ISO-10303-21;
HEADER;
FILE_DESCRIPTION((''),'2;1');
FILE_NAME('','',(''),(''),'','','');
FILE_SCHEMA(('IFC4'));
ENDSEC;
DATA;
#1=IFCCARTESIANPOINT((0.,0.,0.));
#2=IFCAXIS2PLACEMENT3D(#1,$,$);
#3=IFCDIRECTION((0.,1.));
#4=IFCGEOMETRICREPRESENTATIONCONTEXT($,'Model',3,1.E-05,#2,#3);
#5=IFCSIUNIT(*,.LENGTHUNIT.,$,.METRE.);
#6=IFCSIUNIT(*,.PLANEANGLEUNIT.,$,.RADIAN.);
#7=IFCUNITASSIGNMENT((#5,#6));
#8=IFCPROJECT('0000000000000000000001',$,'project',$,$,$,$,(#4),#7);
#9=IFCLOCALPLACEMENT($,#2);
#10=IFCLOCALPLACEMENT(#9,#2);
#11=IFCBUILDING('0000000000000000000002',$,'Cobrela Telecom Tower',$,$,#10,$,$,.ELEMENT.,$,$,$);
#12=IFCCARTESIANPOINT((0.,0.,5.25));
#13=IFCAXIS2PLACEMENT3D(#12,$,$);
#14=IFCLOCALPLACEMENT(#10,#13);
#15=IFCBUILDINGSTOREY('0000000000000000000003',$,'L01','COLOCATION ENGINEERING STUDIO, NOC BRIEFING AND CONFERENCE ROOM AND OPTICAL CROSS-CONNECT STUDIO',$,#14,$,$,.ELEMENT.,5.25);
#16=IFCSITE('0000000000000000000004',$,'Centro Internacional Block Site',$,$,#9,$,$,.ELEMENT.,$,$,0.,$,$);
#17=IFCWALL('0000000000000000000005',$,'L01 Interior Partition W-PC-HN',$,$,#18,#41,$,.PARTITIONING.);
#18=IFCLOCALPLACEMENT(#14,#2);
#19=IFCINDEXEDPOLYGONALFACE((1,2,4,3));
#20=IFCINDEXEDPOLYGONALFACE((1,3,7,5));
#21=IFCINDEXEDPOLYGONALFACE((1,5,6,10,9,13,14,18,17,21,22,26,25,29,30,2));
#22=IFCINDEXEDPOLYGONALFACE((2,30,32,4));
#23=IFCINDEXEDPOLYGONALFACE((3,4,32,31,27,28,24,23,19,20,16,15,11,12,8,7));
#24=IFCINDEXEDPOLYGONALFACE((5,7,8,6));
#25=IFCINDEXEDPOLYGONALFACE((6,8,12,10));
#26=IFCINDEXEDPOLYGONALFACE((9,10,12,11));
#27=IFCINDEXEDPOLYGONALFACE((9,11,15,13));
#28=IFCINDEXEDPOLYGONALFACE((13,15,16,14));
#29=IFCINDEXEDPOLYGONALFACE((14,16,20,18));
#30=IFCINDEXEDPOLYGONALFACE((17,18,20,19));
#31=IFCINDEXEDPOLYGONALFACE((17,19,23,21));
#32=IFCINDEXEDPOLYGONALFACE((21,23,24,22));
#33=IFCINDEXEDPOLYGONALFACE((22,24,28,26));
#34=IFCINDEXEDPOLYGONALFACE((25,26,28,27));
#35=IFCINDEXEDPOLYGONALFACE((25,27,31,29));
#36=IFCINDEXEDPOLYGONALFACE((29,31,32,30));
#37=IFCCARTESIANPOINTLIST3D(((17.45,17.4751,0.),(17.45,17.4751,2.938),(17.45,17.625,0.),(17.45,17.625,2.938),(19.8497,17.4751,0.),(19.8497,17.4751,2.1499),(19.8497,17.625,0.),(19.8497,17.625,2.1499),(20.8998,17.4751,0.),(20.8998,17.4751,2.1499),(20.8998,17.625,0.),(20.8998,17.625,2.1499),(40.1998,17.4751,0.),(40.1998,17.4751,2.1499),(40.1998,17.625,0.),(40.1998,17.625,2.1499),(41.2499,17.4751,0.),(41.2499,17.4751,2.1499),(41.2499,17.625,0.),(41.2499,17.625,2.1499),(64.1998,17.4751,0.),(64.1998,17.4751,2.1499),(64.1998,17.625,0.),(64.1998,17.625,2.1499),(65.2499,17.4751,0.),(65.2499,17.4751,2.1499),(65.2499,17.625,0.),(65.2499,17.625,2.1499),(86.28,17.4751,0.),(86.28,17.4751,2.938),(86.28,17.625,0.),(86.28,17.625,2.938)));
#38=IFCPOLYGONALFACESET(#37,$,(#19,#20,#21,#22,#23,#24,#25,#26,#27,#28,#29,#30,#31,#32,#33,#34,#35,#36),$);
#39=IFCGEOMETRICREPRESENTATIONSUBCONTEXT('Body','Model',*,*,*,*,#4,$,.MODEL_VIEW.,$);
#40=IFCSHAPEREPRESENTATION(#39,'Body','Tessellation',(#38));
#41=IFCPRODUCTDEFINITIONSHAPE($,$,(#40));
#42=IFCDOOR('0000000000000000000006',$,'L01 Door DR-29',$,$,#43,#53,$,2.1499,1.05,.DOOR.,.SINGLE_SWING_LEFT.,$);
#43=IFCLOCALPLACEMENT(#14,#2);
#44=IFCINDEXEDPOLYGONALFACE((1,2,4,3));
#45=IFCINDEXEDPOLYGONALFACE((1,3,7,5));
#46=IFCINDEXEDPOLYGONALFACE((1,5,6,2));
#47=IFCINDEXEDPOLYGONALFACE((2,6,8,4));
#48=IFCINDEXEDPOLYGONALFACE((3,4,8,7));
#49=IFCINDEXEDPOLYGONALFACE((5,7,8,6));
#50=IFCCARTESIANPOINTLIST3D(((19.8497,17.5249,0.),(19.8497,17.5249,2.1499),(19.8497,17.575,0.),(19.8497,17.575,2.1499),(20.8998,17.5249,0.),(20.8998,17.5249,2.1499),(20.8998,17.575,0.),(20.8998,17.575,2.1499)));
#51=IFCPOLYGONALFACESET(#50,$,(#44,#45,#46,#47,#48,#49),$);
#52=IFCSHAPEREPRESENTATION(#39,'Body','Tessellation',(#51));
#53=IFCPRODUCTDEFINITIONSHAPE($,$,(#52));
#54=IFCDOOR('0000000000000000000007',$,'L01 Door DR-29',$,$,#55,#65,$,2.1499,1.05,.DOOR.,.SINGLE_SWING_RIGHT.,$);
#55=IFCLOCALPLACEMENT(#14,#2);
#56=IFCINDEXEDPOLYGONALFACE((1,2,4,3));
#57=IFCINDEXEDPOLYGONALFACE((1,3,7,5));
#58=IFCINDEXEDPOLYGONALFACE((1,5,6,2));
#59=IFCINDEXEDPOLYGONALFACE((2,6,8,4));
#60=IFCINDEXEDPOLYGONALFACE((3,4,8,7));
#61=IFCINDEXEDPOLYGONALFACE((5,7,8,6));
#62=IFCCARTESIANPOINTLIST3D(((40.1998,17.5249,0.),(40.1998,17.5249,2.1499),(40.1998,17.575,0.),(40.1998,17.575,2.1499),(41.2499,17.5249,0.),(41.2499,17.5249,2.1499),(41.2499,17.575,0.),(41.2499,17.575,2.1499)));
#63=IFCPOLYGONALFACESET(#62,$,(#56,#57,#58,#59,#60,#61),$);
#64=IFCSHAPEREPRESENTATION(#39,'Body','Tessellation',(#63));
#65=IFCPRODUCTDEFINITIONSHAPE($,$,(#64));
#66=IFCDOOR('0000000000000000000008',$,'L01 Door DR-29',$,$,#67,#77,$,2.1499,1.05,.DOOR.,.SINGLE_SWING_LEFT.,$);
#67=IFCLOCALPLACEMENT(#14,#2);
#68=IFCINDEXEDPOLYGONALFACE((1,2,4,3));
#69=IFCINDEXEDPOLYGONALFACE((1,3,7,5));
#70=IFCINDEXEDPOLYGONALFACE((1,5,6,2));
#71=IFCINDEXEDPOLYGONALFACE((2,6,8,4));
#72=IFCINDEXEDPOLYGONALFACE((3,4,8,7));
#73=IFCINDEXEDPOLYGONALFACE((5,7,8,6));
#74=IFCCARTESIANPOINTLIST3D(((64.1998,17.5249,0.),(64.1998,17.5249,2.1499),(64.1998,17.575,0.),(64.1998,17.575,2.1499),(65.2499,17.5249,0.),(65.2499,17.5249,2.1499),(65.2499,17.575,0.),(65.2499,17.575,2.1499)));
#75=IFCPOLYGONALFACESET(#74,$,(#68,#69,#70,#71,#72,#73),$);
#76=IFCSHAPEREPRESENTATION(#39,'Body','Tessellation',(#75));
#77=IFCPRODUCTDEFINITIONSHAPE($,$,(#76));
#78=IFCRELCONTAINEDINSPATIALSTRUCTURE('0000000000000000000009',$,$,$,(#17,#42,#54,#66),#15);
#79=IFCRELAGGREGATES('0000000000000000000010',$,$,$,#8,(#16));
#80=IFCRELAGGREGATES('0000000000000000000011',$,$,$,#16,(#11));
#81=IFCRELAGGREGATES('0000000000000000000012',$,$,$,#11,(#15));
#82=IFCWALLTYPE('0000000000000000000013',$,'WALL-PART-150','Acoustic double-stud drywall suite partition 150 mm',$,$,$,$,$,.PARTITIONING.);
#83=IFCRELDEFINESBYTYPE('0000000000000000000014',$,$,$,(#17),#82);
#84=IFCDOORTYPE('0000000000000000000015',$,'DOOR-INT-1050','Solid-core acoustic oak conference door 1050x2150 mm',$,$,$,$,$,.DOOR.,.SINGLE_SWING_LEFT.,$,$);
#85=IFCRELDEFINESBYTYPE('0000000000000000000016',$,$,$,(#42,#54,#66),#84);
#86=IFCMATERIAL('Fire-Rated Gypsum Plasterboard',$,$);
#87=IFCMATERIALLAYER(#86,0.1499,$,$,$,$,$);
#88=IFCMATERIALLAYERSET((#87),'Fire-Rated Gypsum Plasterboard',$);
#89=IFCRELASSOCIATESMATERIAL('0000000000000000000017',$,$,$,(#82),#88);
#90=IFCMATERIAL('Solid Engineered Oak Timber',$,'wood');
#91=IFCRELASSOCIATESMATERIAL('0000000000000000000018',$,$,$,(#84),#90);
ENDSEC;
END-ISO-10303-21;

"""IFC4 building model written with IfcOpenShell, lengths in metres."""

from ifc_helpers import new_model, si_unit, direction, frame, frame_2d, origin, place, context, subcontext, project, spatial, rectangle, extrude, material, layer, layer_set, type_object, element, fill, save


model = new_model("IFC4")

# Units and contexts
model_context = context("Model", 3, precision=1e-05, world=origin(), true_north=direction((0.0, 1.0)))
body_context = subcontext(model_context, "Body", "Model", "MODEL_VIEW")
ifc_project = project(units=[si_unit("LENGTHUNIT", "METRE"), si_unit("PLANEANGLEUNIT", "RADIAN")], contexts=[model_context])

# Site, building, storey
site_placement = place(None, origin())
site = spatial("IfcSite", under=ifc_project, at=site_placement, Name="Centro Internacional Block Site", CompositionType="ELEMENT", RefElevation=0.0)
building_placement = place(site_placement, origin())
building = spatial("IfcBuilding", under=site, at=building_placement, Name="Cobrela Telecom Tower", CompositionType="ELEMENT")
storey_placement = place(building_placement, frame((0.0, 0.0, 5.25)))
storey = spatial("IfcBuildingStorey", under=building, at=storey_placement, Name="L01", Description="COLOCATION ENGINEERING STUDIO, NOC BRIEFING AND CONFERENCE ROOM AND OPTICAL CROSS-CONNECT STUDIO", CompositionType="ELEMENT", Elevation=5.25)

# Shared definitions
ifc_material_1 = material(Name="Fire-Rated Gypsum Plasterboard")
ifc_layer = layer(ifc_material_1, 0.1499)
ifc_layer_set = layer_set([ifc_layer], Name="Fire-Rated Gypsum Plasterboard")
wall_type = type_object("IfcWallType", Name="WALL-PART-150", Description="Acoustic double-stud drywall suite partition 150 mm", PredefinedType="PARTITIONING", material=ifc_layer_set)
ifc_material_2 = material(Name="Solid Engineered Oak Timber", Category="wood")

# Wall, openings, doors
door_type_1 = type_object("IfcDoorType", Name="DOOR-INT-1050", Description="Solid-core acoustic oak conference door 1050x2150 mm", OperationType="SINGLE_SWING_LEFT", PredefinedType="DOOR", material=ifc_material_2)
wall_1_placement = place(storey_placement, frame((17.45, 17.55, 0.0), z_axis=(0.0, 0.0, 1.0), x_axis=(1.0, 0.0, 0.0)))
wall_1 = element("IfcWall", 1, at=wall_1_placement, inside=storey, type_object=wall_type, Name="L01 Interior Partition W-PC-HN", PredefinedType="PARTITIONING", context=body_context, shape_type="SweptSolid", body=[
    extrude(rectangle(XDim=68.8301, YDim=0.1499, at=frame_2d((34.415, 0.0))), origin(), (0.0, 0.0, 1.0), 2.938),
])
opening_1_placement = place(wall_1_placement, frame((2.3999, 0.0, 0.0)))
opening_1 = element("IfcOpeningElement", 2, at=opening_1_placement, cuts=wall_1, PredefinedType="OPENING", context=body_context, shape_type="SweptSolid", body=[
    extrude(rectangle(XDim=1.05, YDim=2.1499, at=frame_2d((0.5249, 1.075))), frame((0.0, 0.0869, 0.0), z_axis=(0.0, -1.0, 0.0), x_axis=(1.0, 0.0, 0.0)), (0.0, 0.0, 1.0), 0.1738),
])
opening_2_placement = place(wall_1_placement, frame((22.75, 0.0, 0.0)))
opening_2 = element("IfcOpeningElement", 3, at=opening_2_placement, cuts=wall_1, PredefinedType="OPENING", context=body_context, shape_type="SweptSolid", body=[
    extrude(rectangle(XDim=1.05, YDim=2.1499, at=frame_2d((0.5249, 1.075))), frame((0.0, 0.0869, 0.0), z_axis=(0.0, -1.0, 0.0), x_axis=(1.0, 0.0, 0.0)), (0.0, 0.0, 1.0), 0.1738),
])
opening_3_placement = place(wall_1_placement, frame((46.75, 0.0, 0.0)))
opening_3 = element("IfcOpeningElement", 4, at=opening_3_placement, cuts=wall_1, PredefinedType="OPENING", context=body_context, shape_type="SweptSolid", body=[
    extrude(rectangle(XDim=1.05, YDim=2.1499, at=frame_2d((0.5249, 1.075))), frame((0.0, 0.0869, 0.0), z_axis=(0.0, -1.0, 0.0), x_axis=(1.0, 0.0, 0.0)), (0.0, 0.0, 1.0), 0.1738),
])
door_1_placement = place(opening_1_placement, origin())
door_1 = element("IfcDoor", 5, at=door_1_placement, inside=storey, type_object=door_type_1, Name="L01 Door DR-29", OperationType="SINGLE_SWING_LEFT", OverallHeight=2.1499, OverallWidth=1.05, PredefinedType="DOOR", context=body_context, shape_type="SweptSolid", body=[
    extrude(rectangle(XDim=1.05, YDim=2.1499, at=frame_2d((0.5249, 1.075))), frame((0.0, 0.0249, 0.0), z_axis=(0.0, -1.0, 0.0), x_axis=(1.0, 0.0, 0.0)), (0.0, 0.0, 1.0), 0.05),
])
fill(opening_1, door_1)
door_2_placement = place(opening_2_placement, origin())
door_2 = element("IfcDoor", 6, at=door_2_placement, inside=storey, type_object=door_type_1, Name="L01 Door DR-29", OperationType="SINGLE_SWING_RIGHT", OverallHeight=2.1499, OverallWidth=1.05, PredefinedType="DOOR", context=body_context, shape_type="SweptSolid", body=[
    extrude(rectangle(XDim=1.05, YDim=2.1499, at=frame_2d((0.5249, 1.075))), frame((0.0, 0.0249, 0.0), z_axis=(0.0, -1.0, 0.0), x_axis=(1.0, 0.0, 0.0)), (0.0, 0.0, 1.0), 0.05),
])
fill(opening_2, door_2)
door_3_placement = place(opening_3_placement, origin())
door_3 = element("IfcDoor", 7, at=door_3_placement, inside=storey, type_object=door_type_1, Name="L01 Door DR-29", OperationType="SINGLE_SWING_LEFT", OverallHeight=2.1499, OverallWidth=1.05, PredefinedType="DOOR", context=body_context, shape_type="SweptSolid", body=[
    extrude(rectangle(XDim=1.05, YDim=2.1499, at=frame_2d((0.5249, 1.075))), frame((0.0, 0.0249, 0.0), z_axis=(0.0, -1.0, 0.0), x_axis=(1.0, 0.0, 0.0)), (0.0, 0.0, 1.0), 0.05),
])
fill(opening_3, door_3)

save(model, "model.ifc")
